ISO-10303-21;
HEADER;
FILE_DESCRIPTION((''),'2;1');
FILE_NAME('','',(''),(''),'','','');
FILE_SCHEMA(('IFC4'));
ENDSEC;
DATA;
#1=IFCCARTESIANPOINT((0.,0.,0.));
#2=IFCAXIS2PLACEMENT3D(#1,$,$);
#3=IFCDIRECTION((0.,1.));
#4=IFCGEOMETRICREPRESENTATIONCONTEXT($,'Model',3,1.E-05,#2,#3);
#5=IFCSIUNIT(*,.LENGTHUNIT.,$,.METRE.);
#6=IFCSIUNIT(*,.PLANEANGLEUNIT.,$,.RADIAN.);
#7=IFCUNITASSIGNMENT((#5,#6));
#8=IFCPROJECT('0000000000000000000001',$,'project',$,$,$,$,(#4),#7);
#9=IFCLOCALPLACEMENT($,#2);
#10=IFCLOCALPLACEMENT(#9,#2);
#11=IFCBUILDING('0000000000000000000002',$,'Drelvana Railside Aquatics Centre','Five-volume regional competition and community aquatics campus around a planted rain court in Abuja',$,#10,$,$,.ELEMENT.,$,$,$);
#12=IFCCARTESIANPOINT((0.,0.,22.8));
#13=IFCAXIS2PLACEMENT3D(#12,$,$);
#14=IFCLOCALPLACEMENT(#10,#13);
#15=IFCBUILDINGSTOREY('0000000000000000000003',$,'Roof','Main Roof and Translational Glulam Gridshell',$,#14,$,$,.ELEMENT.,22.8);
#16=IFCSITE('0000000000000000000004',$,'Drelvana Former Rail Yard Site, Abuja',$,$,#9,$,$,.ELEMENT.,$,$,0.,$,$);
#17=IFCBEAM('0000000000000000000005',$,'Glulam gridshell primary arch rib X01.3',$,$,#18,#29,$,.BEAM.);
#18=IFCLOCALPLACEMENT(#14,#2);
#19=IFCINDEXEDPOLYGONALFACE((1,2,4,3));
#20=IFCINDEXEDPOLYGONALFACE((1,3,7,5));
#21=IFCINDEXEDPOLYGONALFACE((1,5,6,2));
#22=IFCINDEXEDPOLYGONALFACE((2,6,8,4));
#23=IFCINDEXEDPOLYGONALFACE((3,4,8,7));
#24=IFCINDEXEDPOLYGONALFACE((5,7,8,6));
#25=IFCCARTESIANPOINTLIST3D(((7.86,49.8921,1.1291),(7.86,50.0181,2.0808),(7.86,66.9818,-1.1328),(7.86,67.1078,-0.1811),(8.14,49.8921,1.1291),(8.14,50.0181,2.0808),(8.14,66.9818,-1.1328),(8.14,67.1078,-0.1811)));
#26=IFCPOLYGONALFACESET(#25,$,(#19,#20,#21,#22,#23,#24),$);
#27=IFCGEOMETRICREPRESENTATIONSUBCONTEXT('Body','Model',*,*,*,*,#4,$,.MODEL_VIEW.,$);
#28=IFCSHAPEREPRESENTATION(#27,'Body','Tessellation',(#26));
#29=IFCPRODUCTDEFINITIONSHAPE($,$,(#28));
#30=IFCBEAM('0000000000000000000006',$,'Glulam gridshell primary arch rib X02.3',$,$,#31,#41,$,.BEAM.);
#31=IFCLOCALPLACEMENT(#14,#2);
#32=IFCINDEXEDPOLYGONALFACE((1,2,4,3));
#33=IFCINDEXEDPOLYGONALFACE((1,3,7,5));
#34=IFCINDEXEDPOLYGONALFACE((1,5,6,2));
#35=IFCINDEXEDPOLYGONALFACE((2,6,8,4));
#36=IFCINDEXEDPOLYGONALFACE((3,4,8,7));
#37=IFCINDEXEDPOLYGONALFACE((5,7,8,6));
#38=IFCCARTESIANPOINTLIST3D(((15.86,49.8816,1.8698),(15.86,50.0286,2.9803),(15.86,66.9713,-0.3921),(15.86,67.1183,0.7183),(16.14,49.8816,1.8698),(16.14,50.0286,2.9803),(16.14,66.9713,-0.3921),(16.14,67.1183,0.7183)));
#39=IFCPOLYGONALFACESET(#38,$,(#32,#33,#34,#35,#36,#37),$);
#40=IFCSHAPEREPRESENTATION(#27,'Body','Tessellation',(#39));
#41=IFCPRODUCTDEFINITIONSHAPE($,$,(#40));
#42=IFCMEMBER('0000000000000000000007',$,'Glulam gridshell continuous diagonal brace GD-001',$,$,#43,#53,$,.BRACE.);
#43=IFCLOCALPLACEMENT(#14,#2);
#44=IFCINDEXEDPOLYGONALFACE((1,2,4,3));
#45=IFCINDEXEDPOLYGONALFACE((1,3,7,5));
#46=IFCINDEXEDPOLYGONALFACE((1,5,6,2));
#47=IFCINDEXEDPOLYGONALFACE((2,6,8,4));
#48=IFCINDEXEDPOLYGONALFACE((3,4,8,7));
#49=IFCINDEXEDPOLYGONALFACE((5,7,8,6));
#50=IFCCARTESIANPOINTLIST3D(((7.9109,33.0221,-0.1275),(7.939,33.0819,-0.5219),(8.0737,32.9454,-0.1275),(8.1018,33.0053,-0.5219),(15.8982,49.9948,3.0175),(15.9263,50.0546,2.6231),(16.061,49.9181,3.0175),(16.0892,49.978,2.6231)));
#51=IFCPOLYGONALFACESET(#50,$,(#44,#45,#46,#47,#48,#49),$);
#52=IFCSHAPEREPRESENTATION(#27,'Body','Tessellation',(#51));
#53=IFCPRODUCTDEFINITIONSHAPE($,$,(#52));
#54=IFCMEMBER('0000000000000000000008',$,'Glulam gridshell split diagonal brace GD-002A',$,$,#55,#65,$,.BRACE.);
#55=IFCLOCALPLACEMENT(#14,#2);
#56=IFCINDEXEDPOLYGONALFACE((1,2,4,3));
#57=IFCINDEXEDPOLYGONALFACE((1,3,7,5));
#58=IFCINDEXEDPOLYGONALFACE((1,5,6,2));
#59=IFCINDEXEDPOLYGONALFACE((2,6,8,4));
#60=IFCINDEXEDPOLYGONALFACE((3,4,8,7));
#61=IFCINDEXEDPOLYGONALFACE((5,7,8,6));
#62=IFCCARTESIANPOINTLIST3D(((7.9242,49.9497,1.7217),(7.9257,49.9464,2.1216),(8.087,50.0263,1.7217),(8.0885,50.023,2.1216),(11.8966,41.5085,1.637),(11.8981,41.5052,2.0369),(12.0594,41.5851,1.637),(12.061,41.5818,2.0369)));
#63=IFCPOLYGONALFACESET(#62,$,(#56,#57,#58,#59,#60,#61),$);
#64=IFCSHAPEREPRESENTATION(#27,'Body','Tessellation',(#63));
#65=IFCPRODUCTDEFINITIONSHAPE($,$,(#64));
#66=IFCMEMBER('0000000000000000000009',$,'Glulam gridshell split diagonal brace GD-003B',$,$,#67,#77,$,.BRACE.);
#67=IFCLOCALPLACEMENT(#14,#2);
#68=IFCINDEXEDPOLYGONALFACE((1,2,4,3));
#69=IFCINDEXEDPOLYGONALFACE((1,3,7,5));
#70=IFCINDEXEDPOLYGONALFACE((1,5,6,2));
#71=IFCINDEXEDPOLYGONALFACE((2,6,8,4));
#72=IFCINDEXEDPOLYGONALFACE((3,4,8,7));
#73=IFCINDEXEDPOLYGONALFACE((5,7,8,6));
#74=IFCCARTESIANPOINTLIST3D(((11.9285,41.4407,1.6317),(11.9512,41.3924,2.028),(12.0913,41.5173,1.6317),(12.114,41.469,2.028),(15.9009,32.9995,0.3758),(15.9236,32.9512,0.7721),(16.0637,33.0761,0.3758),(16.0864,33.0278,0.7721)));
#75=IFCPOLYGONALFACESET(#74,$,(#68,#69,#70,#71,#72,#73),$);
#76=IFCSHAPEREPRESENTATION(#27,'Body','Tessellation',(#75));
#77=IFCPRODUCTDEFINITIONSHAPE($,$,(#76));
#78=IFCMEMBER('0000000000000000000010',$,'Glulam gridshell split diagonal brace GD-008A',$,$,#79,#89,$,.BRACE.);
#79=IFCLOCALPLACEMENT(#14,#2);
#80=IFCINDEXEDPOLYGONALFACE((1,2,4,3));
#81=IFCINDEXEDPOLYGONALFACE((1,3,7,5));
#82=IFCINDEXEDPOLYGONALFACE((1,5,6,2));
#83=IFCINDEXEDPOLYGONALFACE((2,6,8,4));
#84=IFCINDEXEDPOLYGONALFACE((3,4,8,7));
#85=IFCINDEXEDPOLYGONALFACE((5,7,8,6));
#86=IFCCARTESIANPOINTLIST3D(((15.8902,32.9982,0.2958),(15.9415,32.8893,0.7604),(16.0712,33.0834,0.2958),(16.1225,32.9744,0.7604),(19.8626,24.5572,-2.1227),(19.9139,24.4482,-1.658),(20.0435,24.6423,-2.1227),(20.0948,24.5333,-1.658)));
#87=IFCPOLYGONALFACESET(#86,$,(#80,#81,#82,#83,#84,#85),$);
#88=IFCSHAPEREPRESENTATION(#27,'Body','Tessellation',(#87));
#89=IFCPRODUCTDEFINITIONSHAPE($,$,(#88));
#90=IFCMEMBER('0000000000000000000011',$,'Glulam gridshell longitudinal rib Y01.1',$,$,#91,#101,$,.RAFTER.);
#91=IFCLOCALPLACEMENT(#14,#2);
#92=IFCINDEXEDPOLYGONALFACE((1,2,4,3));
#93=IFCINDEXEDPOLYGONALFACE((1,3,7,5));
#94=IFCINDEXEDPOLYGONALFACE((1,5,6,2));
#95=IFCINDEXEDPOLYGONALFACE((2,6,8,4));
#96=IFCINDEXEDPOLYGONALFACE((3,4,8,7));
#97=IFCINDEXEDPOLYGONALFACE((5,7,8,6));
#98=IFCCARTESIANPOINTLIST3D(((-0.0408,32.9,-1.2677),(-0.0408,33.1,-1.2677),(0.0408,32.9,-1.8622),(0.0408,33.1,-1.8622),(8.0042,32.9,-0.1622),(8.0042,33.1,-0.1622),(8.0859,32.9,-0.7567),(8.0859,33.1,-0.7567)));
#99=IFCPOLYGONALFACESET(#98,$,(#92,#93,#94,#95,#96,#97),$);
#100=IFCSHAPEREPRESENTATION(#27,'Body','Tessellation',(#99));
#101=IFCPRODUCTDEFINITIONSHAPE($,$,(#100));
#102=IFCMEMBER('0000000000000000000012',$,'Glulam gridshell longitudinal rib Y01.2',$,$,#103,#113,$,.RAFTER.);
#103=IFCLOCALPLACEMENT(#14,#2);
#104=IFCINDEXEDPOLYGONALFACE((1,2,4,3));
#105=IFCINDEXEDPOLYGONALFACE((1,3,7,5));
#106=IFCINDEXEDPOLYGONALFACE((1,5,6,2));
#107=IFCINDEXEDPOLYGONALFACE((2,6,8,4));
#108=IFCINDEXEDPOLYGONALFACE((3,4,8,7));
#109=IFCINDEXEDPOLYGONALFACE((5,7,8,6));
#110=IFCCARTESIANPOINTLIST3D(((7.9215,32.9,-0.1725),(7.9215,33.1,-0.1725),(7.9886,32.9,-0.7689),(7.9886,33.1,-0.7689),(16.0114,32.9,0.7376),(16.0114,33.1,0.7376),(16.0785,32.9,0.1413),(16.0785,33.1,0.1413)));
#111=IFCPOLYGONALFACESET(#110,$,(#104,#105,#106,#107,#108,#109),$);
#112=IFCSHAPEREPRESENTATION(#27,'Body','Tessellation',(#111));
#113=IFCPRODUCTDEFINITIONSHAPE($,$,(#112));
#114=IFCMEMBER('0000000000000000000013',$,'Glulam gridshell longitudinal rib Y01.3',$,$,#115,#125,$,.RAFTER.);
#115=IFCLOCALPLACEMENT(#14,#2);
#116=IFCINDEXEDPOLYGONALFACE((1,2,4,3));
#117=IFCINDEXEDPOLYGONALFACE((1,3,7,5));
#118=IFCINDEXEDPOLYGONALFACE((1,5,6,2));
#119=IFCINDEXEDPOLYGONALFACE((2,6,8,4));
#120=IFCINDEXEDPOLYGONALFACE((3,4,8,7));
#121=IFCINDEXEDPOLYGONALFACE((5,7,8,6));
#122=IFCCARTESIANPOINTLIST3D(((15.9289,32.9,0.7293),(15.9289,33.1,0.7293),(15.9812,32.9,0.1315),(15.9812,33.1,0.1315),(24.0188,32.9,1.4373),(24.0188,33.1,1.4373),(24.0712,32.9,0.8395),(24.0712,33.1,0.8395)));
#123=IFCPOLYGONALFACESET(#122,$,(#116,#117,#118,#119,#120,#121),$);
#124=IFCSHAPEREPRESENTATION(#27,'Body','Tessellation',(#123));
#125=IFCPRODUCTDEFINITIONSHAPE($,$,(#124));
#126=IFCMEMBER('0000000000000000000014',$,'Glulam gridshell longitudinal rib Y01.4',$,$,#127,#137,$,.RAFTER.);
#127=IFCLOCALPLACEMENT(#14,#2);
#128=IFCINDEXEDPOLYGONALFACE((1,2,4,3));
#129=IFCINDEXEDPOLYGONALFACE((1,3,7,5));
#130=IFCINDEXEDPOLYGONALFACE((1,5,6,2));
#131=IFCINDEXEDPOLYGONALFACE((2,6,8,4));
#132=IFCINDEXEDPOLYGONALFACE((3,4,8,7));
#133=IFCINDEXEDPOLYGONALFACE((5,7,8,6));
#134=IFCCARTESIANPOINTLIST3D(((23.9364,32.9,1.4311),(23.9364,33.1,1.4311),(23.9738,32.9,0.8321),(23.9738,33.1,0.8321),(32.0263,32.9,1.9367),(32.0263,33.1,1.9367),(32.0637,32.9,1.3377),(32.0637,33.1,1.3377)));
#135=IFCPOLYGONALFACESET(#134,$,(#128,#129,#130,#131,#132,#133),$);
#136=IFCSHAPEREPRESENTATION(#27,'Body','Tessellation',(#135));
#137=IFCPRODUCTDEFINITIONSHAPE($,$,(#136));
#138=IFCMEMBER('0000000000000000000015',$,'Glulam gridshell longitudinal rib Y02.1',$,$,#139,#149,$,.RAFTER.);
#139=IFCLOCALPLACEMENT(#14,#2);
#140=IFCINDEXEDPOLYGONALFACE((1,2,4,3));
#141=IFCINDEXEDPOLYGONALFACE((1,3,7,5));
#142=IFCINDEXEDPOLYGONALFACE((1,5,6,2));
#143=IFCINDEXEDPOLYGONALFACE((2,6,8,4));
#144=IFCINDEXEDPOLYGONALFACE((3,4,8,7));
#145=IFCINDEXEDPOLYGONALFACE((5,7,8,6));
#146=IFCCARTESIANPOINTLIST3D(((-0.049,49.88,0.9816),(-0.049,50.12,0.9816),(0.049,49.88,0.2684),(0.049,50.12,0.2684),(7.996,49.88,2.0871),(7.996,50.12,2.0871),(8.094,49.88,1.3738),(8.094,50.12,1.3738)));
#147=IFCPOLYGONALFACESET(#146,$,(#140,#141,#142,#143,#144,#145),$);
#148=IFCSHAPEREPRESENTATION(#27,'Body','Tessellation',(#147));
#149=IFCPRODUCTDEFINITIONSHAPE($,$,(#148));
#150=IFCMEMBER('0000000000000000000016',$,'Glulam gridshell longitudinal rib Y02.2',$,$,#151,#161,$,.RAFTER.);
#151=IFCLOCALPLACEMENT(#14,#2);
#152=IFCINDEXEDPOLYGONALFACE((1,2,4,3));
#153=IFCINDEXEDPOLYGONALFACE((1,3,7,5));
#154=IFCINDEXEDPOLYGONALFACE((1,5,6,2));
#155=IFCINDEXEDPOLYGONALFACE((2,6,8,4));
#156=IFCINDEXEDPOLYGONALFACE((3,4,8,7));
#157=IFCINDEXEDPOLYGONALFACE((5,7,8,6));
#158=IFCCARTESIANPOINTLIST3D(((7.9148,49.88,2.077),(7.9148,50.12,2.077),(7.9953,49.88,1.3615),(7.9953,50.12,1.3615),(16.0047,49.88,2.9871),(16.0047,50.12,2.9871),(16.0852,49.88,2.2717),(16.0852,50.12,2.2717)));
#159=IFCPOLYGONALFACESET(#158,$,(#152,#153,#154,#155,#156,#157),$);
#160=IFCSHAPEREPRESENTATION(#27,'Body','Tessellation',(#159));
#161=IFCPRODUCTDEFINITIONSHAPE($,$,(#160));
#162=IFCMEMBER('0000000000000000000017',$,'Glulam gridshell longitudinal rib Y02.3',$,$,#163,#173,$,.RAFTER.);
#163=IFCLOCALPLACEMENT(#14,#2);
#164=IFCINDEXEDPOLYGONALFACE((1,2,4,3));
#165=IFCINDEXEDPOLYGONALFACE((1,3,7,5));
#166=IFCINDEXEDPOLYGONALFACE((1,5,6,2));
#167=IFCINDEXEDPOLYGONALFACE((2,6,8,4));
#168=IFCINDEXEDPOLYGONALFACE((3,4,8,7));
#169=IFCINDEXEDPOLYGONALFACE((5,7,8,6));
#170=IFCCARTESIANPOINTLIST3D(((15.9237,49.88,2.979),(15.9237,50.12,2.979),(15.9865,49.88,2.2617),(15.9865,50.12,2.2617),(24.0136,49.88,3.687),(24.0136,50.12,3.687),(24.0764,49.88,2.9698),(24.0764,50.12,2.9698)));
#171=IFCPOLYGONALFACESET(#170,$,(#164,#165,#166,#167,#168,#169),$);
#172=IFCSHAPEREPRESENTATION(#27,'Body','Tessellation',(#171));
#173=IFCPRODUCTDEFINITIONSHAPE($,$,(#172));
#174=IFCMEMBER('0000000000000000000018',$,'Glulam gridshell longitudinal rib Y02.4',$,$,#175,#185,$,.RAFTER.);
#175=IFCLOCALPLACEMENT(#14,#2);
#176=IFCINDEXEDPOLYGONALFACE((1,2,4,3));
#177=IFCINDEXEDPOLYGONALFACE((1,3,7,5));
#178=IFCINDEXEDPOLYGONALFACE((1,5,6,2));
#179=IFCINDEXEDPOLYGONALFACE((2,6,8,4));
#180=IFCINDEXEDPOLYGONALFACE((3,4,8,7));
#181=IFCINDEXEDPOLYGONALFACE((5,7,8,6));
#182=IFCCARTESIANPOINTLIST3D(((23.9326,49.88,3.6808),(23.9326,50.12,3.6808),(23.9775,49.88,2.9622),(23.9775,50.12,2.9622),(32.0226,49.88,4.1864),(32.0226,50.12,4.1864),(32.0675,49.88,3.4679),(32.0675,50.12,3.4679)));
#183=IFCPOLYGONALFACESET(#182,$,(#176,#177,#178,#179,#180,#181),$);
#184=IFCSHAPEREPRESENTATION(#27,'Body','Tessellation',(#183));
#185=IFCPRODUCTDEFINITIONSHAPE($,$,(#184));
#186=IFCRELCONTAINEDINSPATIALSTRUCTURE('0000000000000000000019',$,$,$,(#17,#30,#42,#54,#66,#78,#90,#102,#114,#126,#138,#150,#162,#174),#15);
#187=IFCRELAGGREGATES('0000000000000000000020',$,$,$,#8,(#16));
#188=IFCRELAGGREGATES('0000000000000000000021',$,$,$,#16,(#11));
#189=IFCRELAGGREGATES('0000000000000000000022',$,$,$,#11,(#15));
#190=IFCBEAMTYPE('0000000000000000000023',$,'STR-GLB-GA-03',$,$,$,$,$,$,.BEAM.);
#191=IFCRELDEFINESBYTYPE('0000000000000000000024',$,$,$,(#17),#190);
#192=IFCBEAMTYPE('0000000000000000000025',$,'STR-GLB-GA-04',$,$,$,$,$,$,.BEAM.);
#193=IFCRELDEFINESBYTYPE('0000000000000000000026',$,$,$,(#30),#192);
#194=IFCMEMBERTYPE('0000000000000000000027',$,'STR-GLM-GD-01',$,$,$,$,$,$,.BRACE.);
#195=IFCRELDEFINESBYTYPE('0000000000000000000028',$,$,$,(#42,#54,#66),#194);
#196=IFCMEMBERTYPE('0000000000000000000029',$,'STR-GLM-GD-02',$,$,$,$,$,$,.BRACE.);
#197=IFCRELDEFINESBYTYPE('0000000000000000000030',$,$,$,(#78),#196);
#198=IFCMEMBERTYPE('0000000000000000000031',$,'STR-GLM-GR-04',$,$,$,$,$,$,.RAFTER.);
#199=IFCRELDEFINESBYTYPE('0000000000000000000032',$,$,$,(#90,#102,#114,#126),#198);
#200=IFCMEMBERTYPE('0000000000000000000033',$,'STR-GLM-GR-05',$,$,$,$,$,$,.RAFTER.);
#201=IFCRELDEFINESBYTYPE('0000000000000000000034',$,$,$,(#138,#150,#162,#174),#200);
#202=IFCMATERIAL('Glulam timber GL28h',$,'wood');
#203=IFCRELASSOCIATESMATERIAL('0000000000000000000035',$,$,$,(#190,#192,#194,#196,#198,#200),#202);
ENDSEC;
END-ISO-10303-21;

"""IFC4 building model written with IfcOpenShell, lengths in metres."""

from ifc_helpers import new_model, si_unit, direction, frame, origin, origin_2d, place, context, subcontext, project, spatial, rectangle, extrude, material, material_profile, profile_set, type_object, element, save


model = new_model("IFC4")

# Units and contexts
model_context = context("Model", 3, precision=1e-05, world=origin(), true_north=direction((0.0, 1.0)))
body_context = subcontext(model_context, "Body", "Model", "MODEL_VIEW")
ifc_project = project(units=[si_unit("LENGTHUNIT", "METRE"), si_unit("PLANEANGLEUNIT", "RADIAN")], contexts=[model_context])

# Site, building, storey
site_placement = place(None, origin())
site = spatial("IfcSite", under=ifc_project, at=site_placement, Name="Drelvana Former Rail Yard Site, Abuja", CompositionType="ELEMENT", RefElevation=0.0)
building_placement = place(site_placement, origin())
building = spatial("IfcBuilding", under=site, at=building_placement, Name="Drelvana Railside Aquatics Centre", Description="Five-volume regional competition and community aquatics campus around a planted rain court in Abuja", CompositionType="ELEMENT")
storey_placement = place(building_placement, frame((0.0, 0.0, 22.8)))
storey = spatial("IfcBuildingStorey", under=building, at=storey_placement, Name="Roof", Description="Main Roof and Translational Glulam Gridshell", CompositionType="ELEMENT", Elevation=22.8)

# Beams
ifc_material_1 = material(Name="Glulam timber GL28h", Category="wood")
ifc_material_profile_1 = material_profile(ifc_material_1, rectangle(XDim=0.28, YDim=0.96, at=origin_2d()), Name="GL28h 280x960")
ifc_profile_set_1 = profile_set([ifc_material_profile_1], Name="Glulam timber GL28h")
beam_type_1 = type_object("IfcBeamType", Name="STR-GLB-GA-03", PredefinedType="BEAM", material=ifc_profile_set_1)
beam_1_placement = place(storey_placement, frame((8.0, 49.9551, 1.605), z_axis=(0.0, 0.991354, -0.131213), x_axis=(-1.0, 0.0, 0.0)))
element("IfcBeam", 1, at=beam_1_placement, inside=storey, type_object=beam_type_1, Name="Glulam gridshell primary arch rib X01.3", PredefinedType="BEAM", context=body_context, shape_type="SweptSolid", body=[
    extrude(rectangle(XDim=0.28, YDim=0.96, at=origin_2d()), origin(), (0.0, 0.0, 1.0), 17.2388),
])
ifc_material_profile_2 = material_profile(ifc_material_1, rectangle(XDim=0.28, YDim=1.1201, at=origin_2d()), Name="GL28h 280x1120")
ifc_profile_set_2 = profile_set([ifc_material_profile_2], Name="Glulam timber GL28h")
beam_type_2 = type_object("IfcBeamType", Name="STR-GLB-GA-04", PredefinedType="BEAM", material=ifc_profile_set_2)
beam_2_placement = place(storey_placement, frame((16.0, 49.9551, 2.425), z_axis=(0.0, 0.991354, -0.131213), x_axis=(-1.0, 0.0, 0.0)))
element("IfcBeam", 2, at=beam_2_placement, inside=storey, type_object=beam_type_2, Name="Glulam gridshell primary arch rib X02.3", PredefinedType="BEAM", context=body_context, shape_type="SweptSolid", body=[
    extrude(rectangle(XDim=0.28, YDim=1.1201, at=origin_2d()), origin(), (0.0, 0.0, 1.0), 17.2388),
])

# Members
ifc_material_profile_3 = material_profile(ifc_material_1, rectangle(XDim=0.1799, YDim=0.3999, at=origin_2d()), Name="GL28h 180x400")
ifc_profile_set_3 = profile_set([ifc_material_profile_3], Name="Glulam timber GL28h")
member_type_1 = type_object("IfcMemberType", Name="STR-GLM-GD-01", PredefinedType="BRACE", material=ifc_profile_set_3)
member_1_placement = place(storey_placement, frame((8.0063, 33.0137, -0.3247), z_axis=(0.419943, 0.89236, 0.165354), x_axis=(-0.904815, 0.425805, 0.0)))
element("IfcMember", 3, at=member_1_placement, inside=storey, type_object=member_type_1, Name="Glulam gridshell continuous diagonal brace GD-001", PredefinedType="BRACE", context=body_context, shape_type="SweptSolid", body=[
    extrude(rectangle(XDim=0.1799, YDim=0.3999, at=origin_2d()), origin(), (0.0, 0.0, 1.0), 19.02),
])
member_2_placement = place(storey_placement, frame((8.0063, 49.9863, 1.9216), z_axis=(0.425788, -0.904777, -0.00908), x_axis=(0.904815, 0.425806, 0.0)))
element("IfcMember", 4, at=member_2_placement, inside=storey, type_object=member_type_1, Name="Glulam gridshell split diagonal brace GD-002A", PredefinedType="BRACE", context=body_context, shape_type="SweptSolid", body=[
    extrude(rectangle(XDim=0.1799, YDim=0.3999, at=origin_2d()), origin(), (0.0, 0.0, 1.0), 9.3296),
])
member_3_placement = place(storey_placement, frame((12.0212, 41.4548, 1.8298), z_axis=(0.421999, -0.896726, -0.133413), x_axis=(0.904815, 0.425806, 0.0)))
element("IfcMember", 5, at=member_3_placement, inside=storey, type_object=member_type_1, Name="Glulam gridshell split diagonal brace GD-003B", PredefinedType="BRACE", context=body_context, shape_type="SweptSolid", body=[
    extrude(rectangle(XDim=0.1799, YDim=0.3999, at=origin_2d()), origin(), (0.0, 0.0, 1.0), 9.4133),
])
ifc_material_profile_4 = material_profile(ifc_material_1, rectangle(XDim=0.2, YDim=0.48, at=origin_2d()), Name="GL28h 200x480")
ifc_profile_set_4 = profile_set([ifc_material_profile_4], Name="Glulam timber GL28h")
member_type_2 = type_object("IfcMemberType", Name="STR-GLM-GD-02", PredefinedType="BRACE", material=ifc_profile_set_4)
member_4_placement = place(storey_placement, frame((16.0063, 32.9863, 0.5281), z_axis=(0.412181, -0.875863, -0.250941), x_axis=(0.904815, 0.425806, 0.0)))
element("IfcMember", 6, at=member_4_placement, inside=storey, type_object=member_type_2, Name="Glulam gridshell split diagonal brace GD-008A", PredefinedType="BRACE", context=body_context, shape_type="SweptSolid", body=[
    extrude(rectangle(XDim=0.2, YDim=0.48, at=origin_2d()), origin(), (0.0, 0.0, 1.0), 9.6375),
])
ifc_material_profile_5 = material_profile(ifc_material_1, rectangle(XDim=0.2, YDim=0.6001, at=origin_2d()), Name="GL28h 200x600")
ifc_profile_set_5 = profile_set([ifc_material_profile_5], Name="Glulam timber GL28h")
member_type_3 = type_object("IfcMemberType", Name="STR-GLM-GR-04", PredefinedType="RAFTER", material=ifc_profile_set_5)
member_5_placement = place(storey_placement, frame((0.0, 33.0, -1.5649), z_axis=(0.990691, 0.0, 0.136133), x_axis=(0.0, 1.0, 0.0)))
element("IfcMember", 7, at=member_5_placement, inside=storey, type_object=member_type_3, Name="Glulam gridshell longitudinal rib Y01.1", PredefinedType="RAFTER", context=body_context, shape_type="SweptSolid", body=[
    extrude(rectangle(XDim=0.2, YDim=0.6001, at=origin_2d()), origin(), (0.0, 0.0, 1.0), 8.1206),
])
member_6_placement = place(storey_placement, frame((7.9551, 33.0, -0.4707), z_axis=(0.993731, 0.0, 0.111801), x_axis=(0.0, 1.0, 0.0)))
element("IfcMember", 8, at=member_6_placement, inside=storey, type_object=member_type_3, Name="Glulam gridshell longitudinal rib Y01.2", PredefinedType="RAFTER", context=body_context, shape_type="SweptSolid", body=[
    extrude(rectangle(XDim=0.2, YDim=0.6001, at=origin_2d()), origin(), (0.0, 0.0, 1.0), 8.1409),
])
member_7_placement = place(storey_placement, frame((15.9551, 33.0, 0.4304), z_axis=(0.996192, 0.0, 0.087185), x_axis=(0.0, 1.0, 0.0)))
element("IfcMember", 9, at=member_7_placement, inside=storey, type_object=member_type_3, Name="Glulam gridshell longitudinal rib Y01.3", PredefinedType="RAFTER", context=body_context, shape_type="SweptSolid", body=[
    extrude(rectangle(XDim=0.2, YDim=0.6001, at=origin_2d()), origin(), (0.0, 0.0, 1.0), 8.1208),
])
member_8_placement = place(storey_placement, frame((23.9551, 33.0, 1.1316), z_axis=(0.998053, 0.0, 0.062378), x_axis=(0.0, 1.0, 0.0)))
element("IfcMember", 10, at=member_8_placement, inside=storey, type_object=member_type_3, Name="Glulam gridshell longitudinal rib Y01.4", PredefinedType="RAFTER", context=body_context, shape_type="SweptSolid", body=[
    extrude(rectangle(XDim=0.2, YDim=0.6001, at=origin_2d()), origin(), (0.0, 0.0, 1.0), 8.1057),
])
ifc_material_profile_6 = material_profile(ifc_material_1, rectangle(XDim=0.24, YDim=0.72, at=origin_2d()), Name="GL28h 240x720")
ifc_profile_set_6 = profile_set([ifc_material_profile_6], Name="Glulam timber GL28h")
member_type_4 = type_object("IfcMemberType", Name="STR-GLM-GR-05", PredefinedType="RAFTER", material=ifc_profile_set_6)
member_9_placement = place(storey_placement, frame((0.0, 50.0, 0.625), z_axis=(0.990691, 0.0, 0.136133), x_axis=(0.0, 1.0, 0.0)))
element("IfcMember", 11, at=member_9_placement, inside=storey, type_object=member_type_4, Name="Glulam gridshell longitudinal rib Y02.1", PredefinedType="RAFTER", context=body_context, shape_type="SweptSolid", body=[
    extrude(rectangle(XDim=0.24, YDim=0.72, at=origin_2d()), origin(), (0.0, 0.0, 1.0), 8.1206),
])
member_10_placement = place(storey_placement, frame((7.9551, 50.0, 1.7192), z_axis=(0.993731, 0.0, 0.111801), x_axis=(0.0, 1.0, 0.0)))
element("IfcMember", 12, at=member_10_placement, inside=storey, type_object=member_type_4, Name="Glulam gridshell longitudinal rib Y02.2", PredefinedType="RAFTER", context=body_context, shape_type="SweptSolid", body=[
    extrude(rectangle(XDim=0.24, YDim=0.72, at=origin_2d()), origin(), (0.0, 0.0, 1.0), 8.1409),
])
member_11_placement = place(storey_placement, frame((15.9551, 50.0, 2.6204), z_axis=(0.996192, 0.0, 0.087185), x_axis=(0.0, 1.0, 0.0)))
element("IfcMember", 13, at=member_11_placement, inside=storey, type_object=member_type_4, Name="Glulam gridshell longitudinal rib Y02.3", PredefinedType="RAFTER", context=body_context, shape_type="SweptSolid", body=[
    extrude(rectangle(XDim=0.24, YDim=0.72, at=origin_2d()), origin(), (0.0, 0.0, 1.0), 8.1208),
])
member_12_placement = place(storey_placement, frame((23.9551, 50.0, 3.3215), z_axis=(0.998053, 0.0, 0.062378), x_axis=(0.0, 1.0, 0.0)))
element("IfcMember", 14, at=member_12_placement, inside=storey, type_object=member_type_4, Name="Glulam gridshell longitudinal rib Y02.4", PredefinedType="RAFTER", context=body_context, shape_type="SweptSolid", body=[
    extrude(rectangle(XDim=0.24, YDim=0.72, at=origin_2d()), origin(), (0.0, 0.0, 1.0), 8.1057),
])

save(model, "model.ifc")
